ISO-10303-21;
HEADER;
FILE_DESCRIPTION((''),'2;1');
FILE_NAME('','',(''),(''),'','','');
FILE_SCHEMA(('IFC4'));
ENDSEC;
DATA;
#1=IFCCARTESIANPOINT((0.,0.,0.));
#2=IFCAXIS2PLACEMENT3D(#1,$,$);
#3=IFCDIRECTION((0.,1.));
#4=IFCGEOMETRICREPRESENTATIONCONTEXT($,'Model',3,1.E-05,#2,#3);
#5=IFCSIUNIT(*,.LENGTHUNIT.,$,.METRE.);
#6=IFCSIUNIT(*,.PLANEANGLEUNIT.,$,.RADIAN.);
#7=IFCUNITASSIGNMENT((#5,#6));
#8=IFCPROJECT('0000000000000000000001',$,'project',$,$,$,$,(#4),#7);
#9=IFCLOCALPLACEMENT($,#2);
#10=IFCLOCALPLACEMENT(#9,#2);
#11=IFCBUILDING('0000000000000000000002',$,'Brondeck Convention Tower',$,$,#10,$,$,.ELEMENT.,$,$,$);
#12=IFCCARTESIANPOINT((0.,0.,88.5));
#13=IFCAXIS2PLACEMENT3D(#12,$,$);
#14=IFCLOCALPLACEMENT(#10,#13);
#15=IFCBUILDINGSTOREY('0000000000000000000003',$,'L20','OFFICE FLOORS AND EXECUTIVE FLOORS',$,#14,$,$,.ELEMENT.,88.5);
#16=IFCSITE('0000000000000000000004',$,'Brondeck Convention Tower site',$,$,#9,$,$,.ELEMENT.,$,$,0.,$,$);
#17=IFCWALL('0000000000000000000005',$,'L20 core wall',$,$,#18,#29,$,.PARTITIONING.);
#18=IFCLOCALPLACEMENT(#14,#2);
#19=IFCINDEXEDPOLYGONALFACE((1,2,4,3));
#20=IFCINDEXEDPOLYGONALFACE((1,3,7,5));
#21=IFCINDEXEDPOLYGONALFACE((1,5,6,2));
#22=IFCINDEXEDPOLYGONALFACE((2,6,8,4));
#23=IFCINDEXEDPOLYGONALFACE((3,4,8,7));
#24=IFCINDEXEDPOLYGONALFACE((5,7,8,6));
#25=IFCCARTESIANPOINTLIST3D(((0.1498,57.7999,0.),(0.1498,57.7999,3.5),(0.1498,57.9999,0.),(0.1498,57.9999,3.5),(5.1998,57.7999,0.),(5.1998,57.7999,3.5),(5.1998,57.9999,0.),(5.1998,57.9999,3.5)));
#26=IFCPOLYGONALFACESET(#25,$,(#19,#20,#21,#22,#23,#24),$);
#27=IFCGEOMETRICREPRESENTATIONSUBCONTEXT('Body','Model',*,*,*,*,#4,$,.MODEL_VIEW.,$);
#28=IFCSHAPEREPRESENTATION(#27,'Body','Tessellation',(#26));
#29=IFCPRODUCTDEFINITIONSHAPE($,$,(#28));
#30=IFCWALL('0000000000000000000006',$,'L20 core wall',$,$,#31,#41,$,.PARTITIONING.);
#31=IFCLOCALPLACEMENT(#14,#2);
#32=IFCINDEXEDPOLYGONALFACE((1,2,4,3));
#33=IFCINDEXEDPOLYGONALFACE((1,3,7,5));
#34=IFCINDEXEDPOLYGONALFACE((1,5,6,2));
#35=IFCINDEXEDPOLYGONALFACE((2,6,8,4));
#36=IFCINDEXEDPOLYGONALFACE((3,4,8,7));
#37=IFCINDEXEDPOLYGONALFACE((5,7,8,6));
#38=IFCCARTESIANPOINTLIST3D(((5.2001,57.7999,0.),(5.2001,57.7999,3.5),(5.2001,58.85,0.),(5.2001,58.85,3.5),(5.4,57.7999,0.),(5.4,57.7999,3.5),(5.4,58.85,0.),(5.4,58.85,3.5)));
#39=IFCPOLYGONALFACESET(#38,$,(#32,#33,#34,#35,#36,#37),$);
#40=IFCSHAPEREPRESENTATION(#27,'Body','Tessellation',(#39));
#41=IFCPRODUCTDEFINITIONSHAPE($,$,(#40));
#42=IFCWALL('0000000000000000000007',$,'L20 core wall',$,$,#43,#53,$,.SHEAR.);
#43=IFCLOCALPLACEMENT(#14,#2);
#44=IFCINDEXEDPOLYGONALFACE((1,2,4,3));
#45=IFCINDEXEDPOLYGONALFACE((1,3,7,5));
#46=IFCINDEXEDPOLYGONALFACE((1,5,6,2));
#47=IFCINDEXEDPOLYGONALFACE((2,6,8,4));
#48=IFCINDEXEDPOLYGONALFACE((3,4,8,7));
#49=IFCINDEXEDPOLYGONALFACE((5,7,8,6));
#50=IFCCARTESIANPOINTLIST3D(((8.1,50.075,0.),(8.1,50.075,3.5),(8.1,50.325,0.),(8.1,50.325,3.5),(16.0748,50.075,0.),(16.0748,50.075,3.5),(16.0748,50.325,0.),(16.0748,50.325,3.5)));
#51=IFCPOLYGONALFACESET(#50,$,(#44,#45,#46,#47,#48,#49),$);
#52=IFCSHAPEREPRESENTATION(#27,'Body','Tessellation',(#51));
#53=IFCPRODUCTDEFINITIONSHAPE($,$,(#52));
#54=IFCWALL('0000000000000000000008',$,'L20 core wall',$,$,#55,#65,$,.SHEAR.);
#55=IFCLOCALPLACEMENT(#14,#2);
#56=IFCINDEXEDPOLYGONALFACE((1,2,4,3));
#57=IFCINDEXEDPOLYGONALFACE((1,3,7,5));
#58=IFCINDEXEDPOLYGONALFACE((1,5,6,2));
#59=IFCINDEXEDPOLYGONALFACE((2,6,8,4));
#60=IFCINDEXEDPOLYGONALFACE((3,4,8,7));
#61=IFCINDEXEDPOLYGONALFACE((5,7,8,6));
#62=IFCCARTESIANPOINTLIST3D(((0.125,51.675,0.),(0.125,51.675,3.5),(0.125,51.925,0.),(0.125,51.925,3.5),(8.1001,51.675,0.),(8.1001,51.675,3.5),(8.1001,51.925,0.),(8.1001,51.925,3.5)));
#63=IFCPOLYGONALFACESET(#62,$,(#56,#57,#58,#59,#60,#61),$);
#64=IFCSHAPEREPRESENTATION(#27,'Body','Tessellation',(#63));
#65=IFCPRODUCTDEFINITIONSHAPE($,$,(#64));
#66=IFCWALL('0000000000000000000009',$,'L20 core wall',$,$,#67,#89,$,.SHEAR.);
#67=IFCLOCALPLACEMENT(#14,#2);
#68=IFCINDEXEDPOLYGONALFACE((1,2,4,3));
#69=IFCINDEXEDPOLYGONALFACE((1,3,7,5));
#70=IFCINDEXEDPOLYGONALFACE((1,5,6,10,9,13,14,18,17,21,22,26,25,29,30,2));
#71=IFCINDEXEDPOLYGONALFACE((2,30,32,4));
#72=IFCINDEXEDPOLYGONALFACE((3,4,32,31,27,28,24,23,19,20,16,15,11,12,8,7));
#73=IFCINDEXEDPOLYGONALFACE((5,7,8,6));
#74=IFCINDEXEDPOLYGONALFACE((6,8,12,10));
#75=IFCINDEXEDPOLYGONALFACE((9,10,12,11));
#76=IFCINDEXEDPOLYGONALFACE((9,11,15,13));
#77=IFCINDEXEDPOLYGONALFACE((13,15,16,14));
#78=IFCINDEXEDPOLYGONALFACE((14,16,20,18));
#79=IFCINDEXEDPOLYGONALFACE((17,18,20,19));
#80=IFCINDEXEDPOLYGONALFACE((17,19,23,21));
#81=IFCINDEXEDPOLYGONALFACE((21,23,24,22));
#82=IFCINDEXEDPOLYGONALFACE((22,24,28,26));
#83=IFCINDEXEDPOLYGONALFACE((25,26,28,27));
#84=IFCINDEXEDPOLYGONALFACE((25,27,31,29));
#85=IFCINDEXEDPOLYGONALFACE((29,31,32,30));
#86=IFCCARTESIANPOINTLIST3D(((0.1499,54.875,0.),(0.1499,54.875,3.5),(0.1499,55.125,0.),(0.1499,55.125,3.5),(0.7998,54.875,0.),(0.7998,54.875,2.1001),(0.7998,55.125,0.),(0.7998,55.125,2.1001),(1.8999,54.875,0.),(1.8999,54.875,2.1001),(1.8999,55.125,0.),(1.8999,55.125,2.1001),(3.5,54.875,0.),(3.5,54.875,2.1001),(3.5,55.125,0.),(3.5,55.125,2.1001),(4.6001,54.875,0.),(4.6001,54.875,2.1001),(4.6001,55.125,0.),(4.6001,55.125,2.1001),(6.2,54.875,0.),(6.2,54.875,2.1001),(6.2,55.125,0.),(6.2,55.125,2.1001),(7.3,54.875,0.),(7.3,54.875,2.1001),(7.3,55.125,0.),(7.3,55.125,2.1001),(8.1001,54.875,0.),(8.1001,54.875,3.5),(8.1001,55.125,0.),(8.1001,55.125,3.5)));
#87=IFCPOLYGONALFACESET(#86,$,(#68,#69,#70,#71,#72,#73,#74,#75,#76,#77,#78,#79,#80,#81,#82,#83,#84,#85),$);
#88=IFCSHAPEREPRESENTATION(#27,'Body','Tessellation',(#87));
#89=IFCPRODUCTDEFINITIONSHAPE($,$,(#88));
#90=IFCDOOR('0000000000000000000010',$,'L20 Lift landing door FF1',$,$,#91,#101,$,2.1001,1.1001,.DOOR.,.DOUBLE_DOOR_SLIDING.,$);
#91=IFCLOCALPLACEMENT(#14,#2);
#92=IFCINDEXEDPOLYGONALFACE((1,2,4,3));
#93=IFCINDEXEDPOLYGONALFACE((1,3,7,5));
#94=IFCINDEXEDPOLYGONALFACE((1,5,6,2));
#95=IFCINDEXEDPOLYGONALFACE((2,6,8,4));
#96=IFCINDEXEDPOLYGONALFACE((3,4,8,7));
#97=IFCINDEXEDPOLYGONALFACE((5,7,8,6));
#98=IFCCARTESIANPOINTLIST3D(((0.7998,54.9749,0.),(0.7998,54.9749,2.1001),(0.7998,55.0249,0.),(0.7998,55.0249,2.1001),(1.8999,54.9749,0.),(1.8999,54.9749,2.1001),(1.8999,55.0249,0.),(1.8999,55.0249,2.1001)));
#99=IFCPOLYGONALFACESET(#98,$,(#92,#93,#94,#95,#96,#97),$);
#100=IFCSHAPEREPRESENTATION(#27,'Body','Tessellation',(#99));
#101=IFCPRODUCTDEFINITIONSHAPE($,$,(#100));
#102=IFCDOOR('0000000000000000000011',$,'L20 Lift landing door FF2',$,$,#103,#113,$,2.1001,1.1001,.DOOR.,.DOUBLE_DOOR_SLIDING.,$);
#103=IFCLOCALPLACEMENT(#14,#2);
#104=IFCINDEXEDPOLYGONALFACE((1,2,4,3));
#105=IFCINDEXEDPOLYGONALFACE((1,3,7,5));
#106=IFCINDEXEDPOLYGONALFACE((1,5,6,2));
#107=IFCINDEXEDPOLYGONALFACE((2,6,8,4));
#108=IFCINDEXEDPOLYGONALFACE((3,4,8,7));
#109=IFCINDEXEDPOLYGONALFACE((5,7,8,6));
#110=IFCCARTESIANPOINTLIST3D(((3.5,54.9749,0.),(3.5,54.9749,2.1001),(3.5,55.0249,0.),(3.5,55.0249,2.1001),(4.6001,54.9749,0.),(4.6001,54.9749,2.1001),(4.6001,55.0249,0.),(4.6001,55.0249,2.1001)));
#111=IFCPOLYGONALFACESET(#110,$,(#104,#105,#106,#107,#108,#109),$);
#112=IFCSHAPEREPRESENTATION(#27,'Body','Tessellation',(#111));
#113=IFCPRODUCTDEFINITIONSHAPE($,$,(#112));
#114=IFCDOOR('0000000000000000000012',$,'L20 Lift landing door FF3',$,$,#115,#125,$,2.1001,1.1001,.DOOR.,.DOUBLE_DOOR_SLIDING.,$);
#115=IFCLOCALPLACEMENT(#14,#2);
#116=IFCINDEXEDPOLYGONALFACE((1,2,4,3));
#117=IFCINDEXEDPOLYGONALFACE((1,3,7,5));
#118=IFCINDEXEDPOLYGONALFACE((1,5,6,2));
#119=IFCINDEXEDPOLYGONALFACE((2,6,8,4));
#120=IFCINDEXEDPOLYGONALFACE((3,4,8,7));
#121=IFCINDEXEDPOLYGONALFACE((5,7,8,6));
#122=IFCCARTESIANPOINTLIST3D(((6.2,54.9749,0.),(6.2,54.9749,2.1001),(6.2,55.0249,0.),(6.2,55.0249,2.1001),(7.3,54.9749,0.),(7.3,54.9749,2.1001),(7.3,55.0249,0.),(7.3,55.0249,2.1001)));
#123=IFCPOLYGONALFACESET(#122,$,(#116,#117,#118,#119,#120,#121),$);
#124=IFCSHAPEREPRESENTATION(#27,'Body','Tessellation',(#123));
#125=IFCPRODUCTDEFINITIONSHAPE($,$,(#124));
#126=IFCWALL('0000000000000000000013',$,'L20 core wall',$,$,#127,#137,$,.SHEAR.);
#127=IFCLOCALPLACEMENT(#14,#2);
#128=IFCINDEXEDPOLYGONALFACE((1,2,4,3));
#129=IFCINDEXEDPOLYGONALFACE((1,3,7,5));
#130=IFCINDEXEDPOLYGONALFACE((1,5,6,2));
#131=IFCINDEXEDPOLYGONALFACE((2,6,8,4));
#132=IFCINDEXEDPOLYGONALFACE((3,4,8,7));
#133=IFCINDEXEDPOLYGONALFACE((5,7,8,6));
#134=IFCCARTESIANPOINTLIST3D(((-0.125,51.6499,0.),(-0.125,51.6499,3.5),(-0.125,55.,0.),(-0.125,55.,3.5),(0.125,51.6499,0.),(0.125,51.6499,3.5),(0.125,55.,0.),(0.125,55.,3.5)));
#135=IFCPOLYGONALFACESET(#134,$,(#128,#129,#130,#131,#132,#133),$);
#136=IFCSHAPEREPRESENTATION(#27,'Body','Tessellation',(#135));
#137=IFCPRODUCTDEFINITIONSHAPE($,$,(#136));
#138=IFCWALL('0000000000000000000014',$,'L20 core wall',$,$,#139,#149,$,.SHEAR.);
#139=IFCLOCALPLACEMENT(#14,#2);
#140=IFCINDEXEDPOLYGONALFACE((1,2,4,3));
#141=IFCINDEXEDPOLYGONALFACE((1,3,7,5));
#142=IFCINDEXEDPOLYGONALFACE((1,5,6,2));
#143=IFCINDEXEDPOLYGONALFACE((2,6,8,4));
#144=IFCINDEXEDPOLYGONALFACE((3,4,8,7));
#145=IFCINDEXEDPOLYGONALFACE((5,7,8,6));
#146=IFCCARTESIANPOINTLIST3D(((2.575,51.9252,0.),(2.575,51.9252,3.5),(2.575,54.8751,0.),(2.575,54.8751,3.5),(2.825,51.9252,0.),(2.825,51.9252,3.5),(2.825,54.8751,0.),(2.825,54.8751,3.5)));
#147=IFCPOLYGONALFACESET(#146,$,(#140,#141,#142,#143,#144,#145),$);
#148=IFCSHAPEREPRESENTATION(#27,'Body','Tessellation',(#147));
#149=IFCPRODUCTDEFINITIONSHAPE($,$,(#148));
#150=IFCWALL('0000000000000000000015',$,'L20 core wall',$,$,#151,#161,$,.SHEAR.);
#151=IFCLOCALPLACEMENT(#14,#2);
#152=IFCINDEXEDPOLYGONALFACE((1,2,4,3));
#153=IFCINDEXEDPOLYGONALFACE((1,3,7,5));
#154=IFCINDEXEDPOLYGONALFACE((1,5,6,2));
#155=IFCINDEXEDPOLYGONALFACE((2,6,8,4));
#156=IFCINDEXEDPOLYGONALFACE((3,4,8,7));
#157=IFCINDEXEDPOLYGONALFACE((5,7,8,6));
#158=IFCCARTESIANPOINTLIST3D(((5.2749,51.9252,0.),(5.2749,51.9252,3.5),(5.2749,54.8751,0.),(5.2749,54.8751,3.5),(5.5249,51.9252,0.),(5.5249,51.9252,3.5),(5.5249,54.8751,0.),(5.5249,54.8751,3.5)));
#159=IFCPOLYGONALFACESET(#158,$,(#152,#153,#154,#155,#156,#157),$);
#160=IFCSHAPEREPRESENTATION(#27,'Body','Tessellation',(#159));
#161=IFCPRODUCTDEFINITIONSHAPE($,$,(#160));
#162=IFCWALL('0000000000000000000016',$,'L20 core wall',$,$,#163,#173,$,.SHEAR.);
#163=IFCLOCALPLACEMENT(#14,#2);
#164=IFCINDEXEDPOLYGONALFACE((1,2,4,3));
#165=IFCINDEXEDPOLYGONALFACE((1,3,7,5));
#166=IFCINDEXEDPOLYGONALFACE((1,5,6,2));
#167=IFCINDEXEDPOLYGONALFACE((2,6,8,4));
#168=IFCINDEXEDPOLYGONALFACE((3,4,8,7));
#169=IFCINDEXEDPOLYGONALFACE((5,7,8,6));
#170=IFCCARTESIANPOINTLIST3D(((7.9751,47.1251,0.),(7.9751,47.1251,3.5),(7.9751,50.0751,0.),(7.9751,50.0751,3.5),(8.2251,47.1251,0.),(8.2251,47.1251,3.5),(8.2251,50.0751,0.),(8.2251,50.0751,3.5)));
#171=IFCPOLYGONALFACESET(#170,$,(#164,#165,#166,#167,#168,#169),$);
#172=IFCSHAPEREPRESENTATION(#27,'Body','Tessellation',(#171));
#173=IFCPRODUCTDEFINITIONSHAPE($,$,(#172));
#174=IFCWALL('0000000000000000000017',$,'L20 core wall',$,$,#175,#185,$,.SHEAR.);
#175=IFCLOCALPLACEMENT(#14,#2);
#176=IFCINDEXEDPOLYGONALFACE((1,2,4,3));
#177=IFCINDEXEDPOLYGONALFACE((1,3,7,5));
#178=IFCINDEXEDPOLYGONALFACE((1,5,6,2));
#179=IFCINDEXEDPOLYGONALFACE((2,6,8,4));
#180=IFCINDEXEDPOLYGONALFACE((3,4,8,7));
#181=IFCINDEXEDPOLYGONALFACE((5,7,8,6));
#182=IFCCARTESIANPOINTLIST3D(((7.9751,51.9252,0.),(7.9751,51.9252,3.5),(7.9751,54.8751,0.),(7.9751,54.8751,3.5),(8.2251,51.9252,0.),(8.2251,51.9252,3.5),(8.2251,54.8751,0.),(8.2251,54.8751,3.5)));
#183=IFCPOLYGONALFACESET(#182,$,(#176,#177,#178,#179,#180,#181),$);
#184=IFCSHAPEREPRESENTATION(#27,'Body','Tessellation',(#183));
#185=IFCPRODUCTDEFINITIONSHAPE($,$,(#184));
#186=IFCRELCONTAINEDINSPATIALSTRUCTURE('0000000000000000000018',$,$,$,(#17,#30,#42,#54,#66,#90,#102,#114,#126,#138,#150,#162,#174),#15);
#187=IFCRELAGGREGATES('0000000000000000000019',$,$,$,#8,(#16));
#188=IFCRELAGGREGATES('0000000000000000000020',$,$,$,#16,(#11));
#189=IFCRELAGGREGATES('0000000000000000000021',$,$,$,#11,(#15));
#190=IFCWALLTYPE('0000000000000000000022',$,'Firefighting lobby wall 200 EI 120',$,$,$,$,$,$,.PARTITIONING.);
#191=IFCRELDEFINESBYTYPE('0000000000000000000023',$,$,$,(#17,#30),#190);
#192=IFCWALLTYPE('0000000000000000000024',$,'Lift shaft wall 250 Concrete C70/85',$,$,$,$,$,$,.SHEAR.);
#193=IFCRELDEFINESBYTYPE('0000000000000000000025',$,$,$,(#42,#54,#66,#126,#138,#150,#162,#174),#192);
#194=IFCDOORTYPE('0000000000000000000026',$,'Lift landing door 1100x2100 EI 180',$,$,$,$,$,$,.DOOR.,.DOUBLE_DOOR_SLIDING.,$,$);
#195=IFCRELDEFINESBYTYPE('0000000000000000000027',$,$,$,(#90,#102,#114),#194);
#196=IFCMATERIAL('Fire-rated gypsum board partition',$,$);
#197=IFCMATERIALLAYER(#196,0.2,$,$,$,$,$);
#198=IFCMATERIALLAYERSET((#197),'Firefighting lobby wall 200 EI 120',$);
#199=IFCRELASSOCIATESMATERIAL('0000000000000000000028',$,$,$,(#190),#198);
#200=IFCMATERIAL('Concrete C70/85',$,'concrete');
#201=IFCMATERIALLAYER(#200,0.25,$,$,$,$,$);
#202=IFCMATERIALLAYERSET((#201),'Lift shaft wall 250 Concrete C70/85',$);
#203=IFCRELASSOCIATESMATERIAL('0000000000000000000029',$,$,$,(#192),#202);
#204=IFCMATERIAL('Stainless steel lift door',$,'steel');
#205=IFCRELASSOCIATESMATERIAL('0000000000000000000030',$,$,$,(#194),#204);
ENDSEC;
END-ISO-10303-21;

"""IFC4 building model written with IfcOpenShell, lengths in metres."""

from ifc_helpers import new_model, si_unit, direction, frame, frame_2d, origin, place, context, subcontext, project, spatial, rectangle, extrude, material, layer, layer_set, type_object, element, fill, save


model = new_model("IFC4")

# Units and contexts
model_context = context("Model", 3, precision=1e-05, world=origin(), true_north=direction((0.0, 1.0)))
body_context = subcontext(model_context, "Body", "Model", "MODEL_VIEW")
ifc_project = project(units=[si_unit("LENGTHUNIT", "METRE"), si_unit("PLANEANGLEUNIT", "RADIAN")], contexts=[model_context])

# Site, building, storey
site_placement = place(None, origin())
site = spatial("IfcSite", under=ifc_project, at=site_placement, Name="Brondeck Convention Tower site", CompositionType="ELEMENT", RefElevation=0.0)
building_placement = place(site_placement, origin())
building = spatial("IfcBuilding", under=site, at=building_placement, Name="Brondeck Convention Tower", CompositionType="ELEMENT")
storey_placement = place(building_placement, frame((0.0, 0.0, 88.5)))
storey = spatial("IfcBuildingStorey", under=building, at=storey_placement, Name="L20", Description="OFFICE FLOORS AND EXECUTIVE FLOORS", CompositionType="ELEMENT", Elevation=88.5)

# Shared definitions
ifc_material_1 = material(Name="Concrete C70/85", Category="concrete")

# Walls
ifc_material_2 = material(Name="Fire-rated gypsum board partition")
ifc_layer_1 = layer(ifc_material_2, 0.2)
ifc_layer_set_1 = layer_set([ifc_layer_1], Name="Firefighting lobby wall 200 EI 120")
wall_type_1 = type_object("IfcWallType", Name="Firefighting lobby wall 200 EI 120", PredefinedType="PARTITIONING", material=ifc_layer_set_1)
wall_1_placement = place(storey_placement, frame((0.1499, 57.8999, 0.0), z_axis=(0.0, 0.0, 1.0), x_axis=(1.0, 0.0, 0.0)))
element("IfcWall", 1, at=wall_1_placement, inside=storey, type_object=wall_type_1, Name="L20 core wall", PredefinedType="PARTITIONING", context=body_context, shape_type="SweptSolid", body=[
    extrude(rectangle(XDim=5.05, YDim=0.2, at=frame_2d((2.5249, 0.0))), origin(), (0.0, 0.0, 1.0), 3.5),
])
wall_2_placement = place(storey_placement, frame((5.3, 57.8, 0.0), z_axis=(0.0, 0.0, 1.0), x_axis=(0.0, 1.0, 0.0)))
element("IfcWall", 2, at=wall_2_placement, inside=storey, type_object=wall_type_1, Name="L20 core wall", PredefinedType="PARTITIONING", context=body_context, shape_type="SweptSolid", body=[
    extrude(rectangle(XDim=1.05, YDim=0.2, at=frame_2d((0.5249, 0.0))), origin(), (0.0, 0.0, 1.0), 3.5),
])
ifc_layer_2 = layer(ifc_material_1, 0.25)
ifc_layer_set_2 = layer_set([ifc_layer_2], Name="Lift shaft wall 250 Concrete C70/85")
wall_type_2 = type_object("IfcWallType", Name="Lift shaft wall 250 Concrete C70/85", PredefinedType="SHEAR", material=ifc_layer_set_2)
wall_3_placement = place(storey_placement, frame((8.1001, 50.2, 0.0), z_axis=(0.0, 0.0, 1.0), x_axis=(1.0, 0.0, 0.0)))
element("IfcWall", 3, at=wall_3_placement, inside=storey, type_object=wall_type_2, Name="L20 core wall", PredefinedType="SHEAR", context=body_context, shape_type="SweptSolid", body=[
    extrude(rectangle(XDim=7.9749, YDim=0.25, at=frame_2d((3.9873, 0.0))), origin(), (0.0, 0.0, 1.0), 3.5),
])
wall_4_placement = place(storey_placement, frame((0.125, 51.8, 0.0), z_axis=(0.0, 0.0, 1.0), x_axis=(1.0, 0.0, 0.0)))
element("IfcWall", 4, at=wall_4_placement, inside=storey, type_object=wall_type_2, Name="L20 core wall", PredefinedType="SHEAR", context=body_context, shape_type="SweptSolid", body=[
    extrude(rectangle(XDim=7.9751, YDim=0.25, at=frame_2d((3.9875, 0.0))), origin(), (0.0, 0.0, 1.0), 3.5),
])

# Wall, openings, doors
wall_5_placement = place(storey_placement, frame((0.1499, 55.0, 0.0), z_axis=(0.0, 0.0, 1.0), x_axis=(1.0, 0.0, 0.0)))
wall_5 = element("IfcWall", 5, at=wall_5_placement, inside=storey, type_object=wall_type_2, Name="L20 core wall", PredefinedType="SHEAR", context=body_context, shape_type="SweptSolid", body=[
    extrude(rectangle(XDim=7.9502, YDim=0.25, at=frame_2d((3.9751, 0.0))), origin(), (0.0, 0.0, 1.0), 3.5),
])
opening_1_placement = place(wall_5_placement, frame((0.6499, 0.0, 0.0)))
opening_1 = element("IfcOpeningElement", 6, at=opening_1_placement, cuts=wall_5, PredefinedType="OPENING", context=body_context, shape_type="SweptSolid", body=[
    extrude(rectangle(XDim=1.1001, YDim=2.1001, at=frame_2d((0.55, 1.05))), frame((0.0, 0.135, 0.0), z_axis=(0.0, -1.0, 0.0), x_axis=(1.0, 0.0, 0.0)), (0.0, 0.0, 1.0), 0.27),
])
opening_2_placement = place(wall_5_placement, frame((3.3501, 0.0, 0.0)))
opening_2 = element("IfcOpeningElement", 7, at=opening_2_placement, cuts=wall_5, PredefinedType="OPENING", context=body_context, shape_type="SweptSolid", body=[
    extrude(rectangle(XDim=1.1001, YDim=2.1001, at=frame_2d((0.55, 1.05))), frame((0.0, 0.135, 0.0), z_axis=(0.0, -1.0, 0.0), x_axis=(1.0, 0.0, 0.0)), (0.0, 0.0, 1.0), 0.27),
])
opening_3_placement = place(wall_5_placement, frame((6.05, 0.0, 0.0)))
opening_3 = element("IfcOpeningElement", 8, at=opening_3_placement, cuts=wall_5, PredefinedType="OPENING", context=body_context, shape_type="SweptSolid", body=[
    extrude(rectangle(XDim=1.1001, YDim=2.1001, at=frame_2d((0.55, 1.05))), frame((0.0, 0.135, 0.0), z_axis=(0.0, -1.0, 0.0), x_axis=(1.0, 0.0, 0.0)), (0.0, 0.0, 1.0), 0.27),
])
ifc_material_3 = material(Name="Stainless steel lift door", Category="steel")
door_type_1 = type_object("IfcDoorType", Name="Lift landing door 1100x2100 EI 180", OperationType="DOUBLE_DOOR_SLIDING", PredefinedType="DOOR", material=ifc_material_3)
door_1_placement = place(opening_1_placement, origin())
door_1 = element("IfcDoor", 9, at=door_1_placement, inside=storey, type_object=door_type_1, Name="L20 Lift landing door FF1", OperationType="DOUBLE_DOOR_SLIDING", OverallHeight=2.1001, OverallWidth=1.1001, PredefinedType="DOOR", context=body_context, shape_type="SweptSolid", body=[
    extrude(rectangle(XDim=1.1001, YDim=2.1001, at=frame_2d((0.55, 1.05))), frame((0.0, 0.0249, 0.0), z_axis=(0.0, -1.0, 0.0), x_axis=(1.0, 0.0, 0.0)), (0.0, 0.0, 1.0), 0.05),
])
fill(opening_1, door_1)
door_2_placement = place(opening_2_placement, origin())
door_2 = element("IfcDoor", 10, at=door_2_placement, inside=storey, type_object=door_type_1, Name="L20 Lift landing door FF2", OperationType="DOUBLE_DOOR_SLIDING", OverallHeight=2.1001, OverallWidth=1.1001, PredefinedType="DOOR", context=body_context, shape_type="SweptSolid", body=[
    extrude(rectangle(XDim=1.1001, YDim=2.1001, at=frame_2d((0.55, 1.05))), frame((0.0, 0.0249, 0.0), z_axis=(0.0, -1.0, 0.0), x_axis=(1.0, 0.0, 0.0)), (0.0, 0.0, 1.0), 0.05),
])
fill(opening_2, door_2)
door_3_placement = place(opening_3_placement, origin())
door_3 = element("IfcDoor", 11, at=door_3_placement, inside=storey, type_object=door_type_1, Name="L20 Lift landing door FF3", OperationType="DOUBLE_DOOR_SLIDING", OverallHeight=2.1001, OverallWidth=1.1001, PredefinedType="DOOR", context=body_context, shape_type="SweptSolid", body=[
    extrude(rectangle(XDim=1.1001, YDim=2.1001, at=frame_2d((0.55, 1.05))), frame((0.0, 0.0249, 0.0), z_axis=(0.0, -1.0, 0.0), x_axis=(1.0, 0.0, 0.0)), (0.0, 0.0, 1.0), 0.05),
])
fill(opening_3, door_3)

# Walls
wall_6_placement = place(storey_placement, frame((0.0, 51.6499, 0.0), z_axis=(0.0, 0.0, 1.0), x_axis=(0.0, 1.0, 0.0)))
element("IfcWall", 12, at=wall_6_placement, inside=storey, type_object=wall_type_2, Name="L20 core wall", PredefinedType="SHEAR", context=body_context, shape_type="SweptSolid", body=[
    extrude(rectangle(XDim=3.3501, YDim=0.25, at=frame_2d((1.675, 0.0))), origin(), (0.0, 0.0, 1.0), 3.5),
])
for number, where, z_axis, x_axis, name in (
    (13, (2.7, 51.925, 0.0), (0.0, 0.0, 1.0), (0.0, 1.0, 0.0), "L20 core wall"),
    (14, (5.3999, 51.925, 0.0), (0.0, 0.0, 1.0), (0.0, 1.0, 0.0), "L20 core wall"),
    (15, (8.1001, 47.125, 0.0), (0.0, 0.0, 1.0), (0.0, 1.0, 0.0), "L20 core wall"),
    (16, (8.1001, 51.925, 0.0), (0.0, 0.0, 1.0), (0.0, 1.0, 0.0), "L20 core wall"),
):
    element("IfcWall", number, at=place(storey_placement, frame(where, z_axis=z_axis, x_axis=x_axis)), inside=storey, type_object=wall_type_2, Name=name, PredefinedType="SHEAR", context=body_context, shape_type="SweptSolid", body=[
        extrude(rectangle(XDim=2.95, YDim=0.25, at=frame_2d((1.4751, 0.0))), origin(), (0.0, 0.0, 1.0), 3.5),
    ])

save(model, "model.ifc")
